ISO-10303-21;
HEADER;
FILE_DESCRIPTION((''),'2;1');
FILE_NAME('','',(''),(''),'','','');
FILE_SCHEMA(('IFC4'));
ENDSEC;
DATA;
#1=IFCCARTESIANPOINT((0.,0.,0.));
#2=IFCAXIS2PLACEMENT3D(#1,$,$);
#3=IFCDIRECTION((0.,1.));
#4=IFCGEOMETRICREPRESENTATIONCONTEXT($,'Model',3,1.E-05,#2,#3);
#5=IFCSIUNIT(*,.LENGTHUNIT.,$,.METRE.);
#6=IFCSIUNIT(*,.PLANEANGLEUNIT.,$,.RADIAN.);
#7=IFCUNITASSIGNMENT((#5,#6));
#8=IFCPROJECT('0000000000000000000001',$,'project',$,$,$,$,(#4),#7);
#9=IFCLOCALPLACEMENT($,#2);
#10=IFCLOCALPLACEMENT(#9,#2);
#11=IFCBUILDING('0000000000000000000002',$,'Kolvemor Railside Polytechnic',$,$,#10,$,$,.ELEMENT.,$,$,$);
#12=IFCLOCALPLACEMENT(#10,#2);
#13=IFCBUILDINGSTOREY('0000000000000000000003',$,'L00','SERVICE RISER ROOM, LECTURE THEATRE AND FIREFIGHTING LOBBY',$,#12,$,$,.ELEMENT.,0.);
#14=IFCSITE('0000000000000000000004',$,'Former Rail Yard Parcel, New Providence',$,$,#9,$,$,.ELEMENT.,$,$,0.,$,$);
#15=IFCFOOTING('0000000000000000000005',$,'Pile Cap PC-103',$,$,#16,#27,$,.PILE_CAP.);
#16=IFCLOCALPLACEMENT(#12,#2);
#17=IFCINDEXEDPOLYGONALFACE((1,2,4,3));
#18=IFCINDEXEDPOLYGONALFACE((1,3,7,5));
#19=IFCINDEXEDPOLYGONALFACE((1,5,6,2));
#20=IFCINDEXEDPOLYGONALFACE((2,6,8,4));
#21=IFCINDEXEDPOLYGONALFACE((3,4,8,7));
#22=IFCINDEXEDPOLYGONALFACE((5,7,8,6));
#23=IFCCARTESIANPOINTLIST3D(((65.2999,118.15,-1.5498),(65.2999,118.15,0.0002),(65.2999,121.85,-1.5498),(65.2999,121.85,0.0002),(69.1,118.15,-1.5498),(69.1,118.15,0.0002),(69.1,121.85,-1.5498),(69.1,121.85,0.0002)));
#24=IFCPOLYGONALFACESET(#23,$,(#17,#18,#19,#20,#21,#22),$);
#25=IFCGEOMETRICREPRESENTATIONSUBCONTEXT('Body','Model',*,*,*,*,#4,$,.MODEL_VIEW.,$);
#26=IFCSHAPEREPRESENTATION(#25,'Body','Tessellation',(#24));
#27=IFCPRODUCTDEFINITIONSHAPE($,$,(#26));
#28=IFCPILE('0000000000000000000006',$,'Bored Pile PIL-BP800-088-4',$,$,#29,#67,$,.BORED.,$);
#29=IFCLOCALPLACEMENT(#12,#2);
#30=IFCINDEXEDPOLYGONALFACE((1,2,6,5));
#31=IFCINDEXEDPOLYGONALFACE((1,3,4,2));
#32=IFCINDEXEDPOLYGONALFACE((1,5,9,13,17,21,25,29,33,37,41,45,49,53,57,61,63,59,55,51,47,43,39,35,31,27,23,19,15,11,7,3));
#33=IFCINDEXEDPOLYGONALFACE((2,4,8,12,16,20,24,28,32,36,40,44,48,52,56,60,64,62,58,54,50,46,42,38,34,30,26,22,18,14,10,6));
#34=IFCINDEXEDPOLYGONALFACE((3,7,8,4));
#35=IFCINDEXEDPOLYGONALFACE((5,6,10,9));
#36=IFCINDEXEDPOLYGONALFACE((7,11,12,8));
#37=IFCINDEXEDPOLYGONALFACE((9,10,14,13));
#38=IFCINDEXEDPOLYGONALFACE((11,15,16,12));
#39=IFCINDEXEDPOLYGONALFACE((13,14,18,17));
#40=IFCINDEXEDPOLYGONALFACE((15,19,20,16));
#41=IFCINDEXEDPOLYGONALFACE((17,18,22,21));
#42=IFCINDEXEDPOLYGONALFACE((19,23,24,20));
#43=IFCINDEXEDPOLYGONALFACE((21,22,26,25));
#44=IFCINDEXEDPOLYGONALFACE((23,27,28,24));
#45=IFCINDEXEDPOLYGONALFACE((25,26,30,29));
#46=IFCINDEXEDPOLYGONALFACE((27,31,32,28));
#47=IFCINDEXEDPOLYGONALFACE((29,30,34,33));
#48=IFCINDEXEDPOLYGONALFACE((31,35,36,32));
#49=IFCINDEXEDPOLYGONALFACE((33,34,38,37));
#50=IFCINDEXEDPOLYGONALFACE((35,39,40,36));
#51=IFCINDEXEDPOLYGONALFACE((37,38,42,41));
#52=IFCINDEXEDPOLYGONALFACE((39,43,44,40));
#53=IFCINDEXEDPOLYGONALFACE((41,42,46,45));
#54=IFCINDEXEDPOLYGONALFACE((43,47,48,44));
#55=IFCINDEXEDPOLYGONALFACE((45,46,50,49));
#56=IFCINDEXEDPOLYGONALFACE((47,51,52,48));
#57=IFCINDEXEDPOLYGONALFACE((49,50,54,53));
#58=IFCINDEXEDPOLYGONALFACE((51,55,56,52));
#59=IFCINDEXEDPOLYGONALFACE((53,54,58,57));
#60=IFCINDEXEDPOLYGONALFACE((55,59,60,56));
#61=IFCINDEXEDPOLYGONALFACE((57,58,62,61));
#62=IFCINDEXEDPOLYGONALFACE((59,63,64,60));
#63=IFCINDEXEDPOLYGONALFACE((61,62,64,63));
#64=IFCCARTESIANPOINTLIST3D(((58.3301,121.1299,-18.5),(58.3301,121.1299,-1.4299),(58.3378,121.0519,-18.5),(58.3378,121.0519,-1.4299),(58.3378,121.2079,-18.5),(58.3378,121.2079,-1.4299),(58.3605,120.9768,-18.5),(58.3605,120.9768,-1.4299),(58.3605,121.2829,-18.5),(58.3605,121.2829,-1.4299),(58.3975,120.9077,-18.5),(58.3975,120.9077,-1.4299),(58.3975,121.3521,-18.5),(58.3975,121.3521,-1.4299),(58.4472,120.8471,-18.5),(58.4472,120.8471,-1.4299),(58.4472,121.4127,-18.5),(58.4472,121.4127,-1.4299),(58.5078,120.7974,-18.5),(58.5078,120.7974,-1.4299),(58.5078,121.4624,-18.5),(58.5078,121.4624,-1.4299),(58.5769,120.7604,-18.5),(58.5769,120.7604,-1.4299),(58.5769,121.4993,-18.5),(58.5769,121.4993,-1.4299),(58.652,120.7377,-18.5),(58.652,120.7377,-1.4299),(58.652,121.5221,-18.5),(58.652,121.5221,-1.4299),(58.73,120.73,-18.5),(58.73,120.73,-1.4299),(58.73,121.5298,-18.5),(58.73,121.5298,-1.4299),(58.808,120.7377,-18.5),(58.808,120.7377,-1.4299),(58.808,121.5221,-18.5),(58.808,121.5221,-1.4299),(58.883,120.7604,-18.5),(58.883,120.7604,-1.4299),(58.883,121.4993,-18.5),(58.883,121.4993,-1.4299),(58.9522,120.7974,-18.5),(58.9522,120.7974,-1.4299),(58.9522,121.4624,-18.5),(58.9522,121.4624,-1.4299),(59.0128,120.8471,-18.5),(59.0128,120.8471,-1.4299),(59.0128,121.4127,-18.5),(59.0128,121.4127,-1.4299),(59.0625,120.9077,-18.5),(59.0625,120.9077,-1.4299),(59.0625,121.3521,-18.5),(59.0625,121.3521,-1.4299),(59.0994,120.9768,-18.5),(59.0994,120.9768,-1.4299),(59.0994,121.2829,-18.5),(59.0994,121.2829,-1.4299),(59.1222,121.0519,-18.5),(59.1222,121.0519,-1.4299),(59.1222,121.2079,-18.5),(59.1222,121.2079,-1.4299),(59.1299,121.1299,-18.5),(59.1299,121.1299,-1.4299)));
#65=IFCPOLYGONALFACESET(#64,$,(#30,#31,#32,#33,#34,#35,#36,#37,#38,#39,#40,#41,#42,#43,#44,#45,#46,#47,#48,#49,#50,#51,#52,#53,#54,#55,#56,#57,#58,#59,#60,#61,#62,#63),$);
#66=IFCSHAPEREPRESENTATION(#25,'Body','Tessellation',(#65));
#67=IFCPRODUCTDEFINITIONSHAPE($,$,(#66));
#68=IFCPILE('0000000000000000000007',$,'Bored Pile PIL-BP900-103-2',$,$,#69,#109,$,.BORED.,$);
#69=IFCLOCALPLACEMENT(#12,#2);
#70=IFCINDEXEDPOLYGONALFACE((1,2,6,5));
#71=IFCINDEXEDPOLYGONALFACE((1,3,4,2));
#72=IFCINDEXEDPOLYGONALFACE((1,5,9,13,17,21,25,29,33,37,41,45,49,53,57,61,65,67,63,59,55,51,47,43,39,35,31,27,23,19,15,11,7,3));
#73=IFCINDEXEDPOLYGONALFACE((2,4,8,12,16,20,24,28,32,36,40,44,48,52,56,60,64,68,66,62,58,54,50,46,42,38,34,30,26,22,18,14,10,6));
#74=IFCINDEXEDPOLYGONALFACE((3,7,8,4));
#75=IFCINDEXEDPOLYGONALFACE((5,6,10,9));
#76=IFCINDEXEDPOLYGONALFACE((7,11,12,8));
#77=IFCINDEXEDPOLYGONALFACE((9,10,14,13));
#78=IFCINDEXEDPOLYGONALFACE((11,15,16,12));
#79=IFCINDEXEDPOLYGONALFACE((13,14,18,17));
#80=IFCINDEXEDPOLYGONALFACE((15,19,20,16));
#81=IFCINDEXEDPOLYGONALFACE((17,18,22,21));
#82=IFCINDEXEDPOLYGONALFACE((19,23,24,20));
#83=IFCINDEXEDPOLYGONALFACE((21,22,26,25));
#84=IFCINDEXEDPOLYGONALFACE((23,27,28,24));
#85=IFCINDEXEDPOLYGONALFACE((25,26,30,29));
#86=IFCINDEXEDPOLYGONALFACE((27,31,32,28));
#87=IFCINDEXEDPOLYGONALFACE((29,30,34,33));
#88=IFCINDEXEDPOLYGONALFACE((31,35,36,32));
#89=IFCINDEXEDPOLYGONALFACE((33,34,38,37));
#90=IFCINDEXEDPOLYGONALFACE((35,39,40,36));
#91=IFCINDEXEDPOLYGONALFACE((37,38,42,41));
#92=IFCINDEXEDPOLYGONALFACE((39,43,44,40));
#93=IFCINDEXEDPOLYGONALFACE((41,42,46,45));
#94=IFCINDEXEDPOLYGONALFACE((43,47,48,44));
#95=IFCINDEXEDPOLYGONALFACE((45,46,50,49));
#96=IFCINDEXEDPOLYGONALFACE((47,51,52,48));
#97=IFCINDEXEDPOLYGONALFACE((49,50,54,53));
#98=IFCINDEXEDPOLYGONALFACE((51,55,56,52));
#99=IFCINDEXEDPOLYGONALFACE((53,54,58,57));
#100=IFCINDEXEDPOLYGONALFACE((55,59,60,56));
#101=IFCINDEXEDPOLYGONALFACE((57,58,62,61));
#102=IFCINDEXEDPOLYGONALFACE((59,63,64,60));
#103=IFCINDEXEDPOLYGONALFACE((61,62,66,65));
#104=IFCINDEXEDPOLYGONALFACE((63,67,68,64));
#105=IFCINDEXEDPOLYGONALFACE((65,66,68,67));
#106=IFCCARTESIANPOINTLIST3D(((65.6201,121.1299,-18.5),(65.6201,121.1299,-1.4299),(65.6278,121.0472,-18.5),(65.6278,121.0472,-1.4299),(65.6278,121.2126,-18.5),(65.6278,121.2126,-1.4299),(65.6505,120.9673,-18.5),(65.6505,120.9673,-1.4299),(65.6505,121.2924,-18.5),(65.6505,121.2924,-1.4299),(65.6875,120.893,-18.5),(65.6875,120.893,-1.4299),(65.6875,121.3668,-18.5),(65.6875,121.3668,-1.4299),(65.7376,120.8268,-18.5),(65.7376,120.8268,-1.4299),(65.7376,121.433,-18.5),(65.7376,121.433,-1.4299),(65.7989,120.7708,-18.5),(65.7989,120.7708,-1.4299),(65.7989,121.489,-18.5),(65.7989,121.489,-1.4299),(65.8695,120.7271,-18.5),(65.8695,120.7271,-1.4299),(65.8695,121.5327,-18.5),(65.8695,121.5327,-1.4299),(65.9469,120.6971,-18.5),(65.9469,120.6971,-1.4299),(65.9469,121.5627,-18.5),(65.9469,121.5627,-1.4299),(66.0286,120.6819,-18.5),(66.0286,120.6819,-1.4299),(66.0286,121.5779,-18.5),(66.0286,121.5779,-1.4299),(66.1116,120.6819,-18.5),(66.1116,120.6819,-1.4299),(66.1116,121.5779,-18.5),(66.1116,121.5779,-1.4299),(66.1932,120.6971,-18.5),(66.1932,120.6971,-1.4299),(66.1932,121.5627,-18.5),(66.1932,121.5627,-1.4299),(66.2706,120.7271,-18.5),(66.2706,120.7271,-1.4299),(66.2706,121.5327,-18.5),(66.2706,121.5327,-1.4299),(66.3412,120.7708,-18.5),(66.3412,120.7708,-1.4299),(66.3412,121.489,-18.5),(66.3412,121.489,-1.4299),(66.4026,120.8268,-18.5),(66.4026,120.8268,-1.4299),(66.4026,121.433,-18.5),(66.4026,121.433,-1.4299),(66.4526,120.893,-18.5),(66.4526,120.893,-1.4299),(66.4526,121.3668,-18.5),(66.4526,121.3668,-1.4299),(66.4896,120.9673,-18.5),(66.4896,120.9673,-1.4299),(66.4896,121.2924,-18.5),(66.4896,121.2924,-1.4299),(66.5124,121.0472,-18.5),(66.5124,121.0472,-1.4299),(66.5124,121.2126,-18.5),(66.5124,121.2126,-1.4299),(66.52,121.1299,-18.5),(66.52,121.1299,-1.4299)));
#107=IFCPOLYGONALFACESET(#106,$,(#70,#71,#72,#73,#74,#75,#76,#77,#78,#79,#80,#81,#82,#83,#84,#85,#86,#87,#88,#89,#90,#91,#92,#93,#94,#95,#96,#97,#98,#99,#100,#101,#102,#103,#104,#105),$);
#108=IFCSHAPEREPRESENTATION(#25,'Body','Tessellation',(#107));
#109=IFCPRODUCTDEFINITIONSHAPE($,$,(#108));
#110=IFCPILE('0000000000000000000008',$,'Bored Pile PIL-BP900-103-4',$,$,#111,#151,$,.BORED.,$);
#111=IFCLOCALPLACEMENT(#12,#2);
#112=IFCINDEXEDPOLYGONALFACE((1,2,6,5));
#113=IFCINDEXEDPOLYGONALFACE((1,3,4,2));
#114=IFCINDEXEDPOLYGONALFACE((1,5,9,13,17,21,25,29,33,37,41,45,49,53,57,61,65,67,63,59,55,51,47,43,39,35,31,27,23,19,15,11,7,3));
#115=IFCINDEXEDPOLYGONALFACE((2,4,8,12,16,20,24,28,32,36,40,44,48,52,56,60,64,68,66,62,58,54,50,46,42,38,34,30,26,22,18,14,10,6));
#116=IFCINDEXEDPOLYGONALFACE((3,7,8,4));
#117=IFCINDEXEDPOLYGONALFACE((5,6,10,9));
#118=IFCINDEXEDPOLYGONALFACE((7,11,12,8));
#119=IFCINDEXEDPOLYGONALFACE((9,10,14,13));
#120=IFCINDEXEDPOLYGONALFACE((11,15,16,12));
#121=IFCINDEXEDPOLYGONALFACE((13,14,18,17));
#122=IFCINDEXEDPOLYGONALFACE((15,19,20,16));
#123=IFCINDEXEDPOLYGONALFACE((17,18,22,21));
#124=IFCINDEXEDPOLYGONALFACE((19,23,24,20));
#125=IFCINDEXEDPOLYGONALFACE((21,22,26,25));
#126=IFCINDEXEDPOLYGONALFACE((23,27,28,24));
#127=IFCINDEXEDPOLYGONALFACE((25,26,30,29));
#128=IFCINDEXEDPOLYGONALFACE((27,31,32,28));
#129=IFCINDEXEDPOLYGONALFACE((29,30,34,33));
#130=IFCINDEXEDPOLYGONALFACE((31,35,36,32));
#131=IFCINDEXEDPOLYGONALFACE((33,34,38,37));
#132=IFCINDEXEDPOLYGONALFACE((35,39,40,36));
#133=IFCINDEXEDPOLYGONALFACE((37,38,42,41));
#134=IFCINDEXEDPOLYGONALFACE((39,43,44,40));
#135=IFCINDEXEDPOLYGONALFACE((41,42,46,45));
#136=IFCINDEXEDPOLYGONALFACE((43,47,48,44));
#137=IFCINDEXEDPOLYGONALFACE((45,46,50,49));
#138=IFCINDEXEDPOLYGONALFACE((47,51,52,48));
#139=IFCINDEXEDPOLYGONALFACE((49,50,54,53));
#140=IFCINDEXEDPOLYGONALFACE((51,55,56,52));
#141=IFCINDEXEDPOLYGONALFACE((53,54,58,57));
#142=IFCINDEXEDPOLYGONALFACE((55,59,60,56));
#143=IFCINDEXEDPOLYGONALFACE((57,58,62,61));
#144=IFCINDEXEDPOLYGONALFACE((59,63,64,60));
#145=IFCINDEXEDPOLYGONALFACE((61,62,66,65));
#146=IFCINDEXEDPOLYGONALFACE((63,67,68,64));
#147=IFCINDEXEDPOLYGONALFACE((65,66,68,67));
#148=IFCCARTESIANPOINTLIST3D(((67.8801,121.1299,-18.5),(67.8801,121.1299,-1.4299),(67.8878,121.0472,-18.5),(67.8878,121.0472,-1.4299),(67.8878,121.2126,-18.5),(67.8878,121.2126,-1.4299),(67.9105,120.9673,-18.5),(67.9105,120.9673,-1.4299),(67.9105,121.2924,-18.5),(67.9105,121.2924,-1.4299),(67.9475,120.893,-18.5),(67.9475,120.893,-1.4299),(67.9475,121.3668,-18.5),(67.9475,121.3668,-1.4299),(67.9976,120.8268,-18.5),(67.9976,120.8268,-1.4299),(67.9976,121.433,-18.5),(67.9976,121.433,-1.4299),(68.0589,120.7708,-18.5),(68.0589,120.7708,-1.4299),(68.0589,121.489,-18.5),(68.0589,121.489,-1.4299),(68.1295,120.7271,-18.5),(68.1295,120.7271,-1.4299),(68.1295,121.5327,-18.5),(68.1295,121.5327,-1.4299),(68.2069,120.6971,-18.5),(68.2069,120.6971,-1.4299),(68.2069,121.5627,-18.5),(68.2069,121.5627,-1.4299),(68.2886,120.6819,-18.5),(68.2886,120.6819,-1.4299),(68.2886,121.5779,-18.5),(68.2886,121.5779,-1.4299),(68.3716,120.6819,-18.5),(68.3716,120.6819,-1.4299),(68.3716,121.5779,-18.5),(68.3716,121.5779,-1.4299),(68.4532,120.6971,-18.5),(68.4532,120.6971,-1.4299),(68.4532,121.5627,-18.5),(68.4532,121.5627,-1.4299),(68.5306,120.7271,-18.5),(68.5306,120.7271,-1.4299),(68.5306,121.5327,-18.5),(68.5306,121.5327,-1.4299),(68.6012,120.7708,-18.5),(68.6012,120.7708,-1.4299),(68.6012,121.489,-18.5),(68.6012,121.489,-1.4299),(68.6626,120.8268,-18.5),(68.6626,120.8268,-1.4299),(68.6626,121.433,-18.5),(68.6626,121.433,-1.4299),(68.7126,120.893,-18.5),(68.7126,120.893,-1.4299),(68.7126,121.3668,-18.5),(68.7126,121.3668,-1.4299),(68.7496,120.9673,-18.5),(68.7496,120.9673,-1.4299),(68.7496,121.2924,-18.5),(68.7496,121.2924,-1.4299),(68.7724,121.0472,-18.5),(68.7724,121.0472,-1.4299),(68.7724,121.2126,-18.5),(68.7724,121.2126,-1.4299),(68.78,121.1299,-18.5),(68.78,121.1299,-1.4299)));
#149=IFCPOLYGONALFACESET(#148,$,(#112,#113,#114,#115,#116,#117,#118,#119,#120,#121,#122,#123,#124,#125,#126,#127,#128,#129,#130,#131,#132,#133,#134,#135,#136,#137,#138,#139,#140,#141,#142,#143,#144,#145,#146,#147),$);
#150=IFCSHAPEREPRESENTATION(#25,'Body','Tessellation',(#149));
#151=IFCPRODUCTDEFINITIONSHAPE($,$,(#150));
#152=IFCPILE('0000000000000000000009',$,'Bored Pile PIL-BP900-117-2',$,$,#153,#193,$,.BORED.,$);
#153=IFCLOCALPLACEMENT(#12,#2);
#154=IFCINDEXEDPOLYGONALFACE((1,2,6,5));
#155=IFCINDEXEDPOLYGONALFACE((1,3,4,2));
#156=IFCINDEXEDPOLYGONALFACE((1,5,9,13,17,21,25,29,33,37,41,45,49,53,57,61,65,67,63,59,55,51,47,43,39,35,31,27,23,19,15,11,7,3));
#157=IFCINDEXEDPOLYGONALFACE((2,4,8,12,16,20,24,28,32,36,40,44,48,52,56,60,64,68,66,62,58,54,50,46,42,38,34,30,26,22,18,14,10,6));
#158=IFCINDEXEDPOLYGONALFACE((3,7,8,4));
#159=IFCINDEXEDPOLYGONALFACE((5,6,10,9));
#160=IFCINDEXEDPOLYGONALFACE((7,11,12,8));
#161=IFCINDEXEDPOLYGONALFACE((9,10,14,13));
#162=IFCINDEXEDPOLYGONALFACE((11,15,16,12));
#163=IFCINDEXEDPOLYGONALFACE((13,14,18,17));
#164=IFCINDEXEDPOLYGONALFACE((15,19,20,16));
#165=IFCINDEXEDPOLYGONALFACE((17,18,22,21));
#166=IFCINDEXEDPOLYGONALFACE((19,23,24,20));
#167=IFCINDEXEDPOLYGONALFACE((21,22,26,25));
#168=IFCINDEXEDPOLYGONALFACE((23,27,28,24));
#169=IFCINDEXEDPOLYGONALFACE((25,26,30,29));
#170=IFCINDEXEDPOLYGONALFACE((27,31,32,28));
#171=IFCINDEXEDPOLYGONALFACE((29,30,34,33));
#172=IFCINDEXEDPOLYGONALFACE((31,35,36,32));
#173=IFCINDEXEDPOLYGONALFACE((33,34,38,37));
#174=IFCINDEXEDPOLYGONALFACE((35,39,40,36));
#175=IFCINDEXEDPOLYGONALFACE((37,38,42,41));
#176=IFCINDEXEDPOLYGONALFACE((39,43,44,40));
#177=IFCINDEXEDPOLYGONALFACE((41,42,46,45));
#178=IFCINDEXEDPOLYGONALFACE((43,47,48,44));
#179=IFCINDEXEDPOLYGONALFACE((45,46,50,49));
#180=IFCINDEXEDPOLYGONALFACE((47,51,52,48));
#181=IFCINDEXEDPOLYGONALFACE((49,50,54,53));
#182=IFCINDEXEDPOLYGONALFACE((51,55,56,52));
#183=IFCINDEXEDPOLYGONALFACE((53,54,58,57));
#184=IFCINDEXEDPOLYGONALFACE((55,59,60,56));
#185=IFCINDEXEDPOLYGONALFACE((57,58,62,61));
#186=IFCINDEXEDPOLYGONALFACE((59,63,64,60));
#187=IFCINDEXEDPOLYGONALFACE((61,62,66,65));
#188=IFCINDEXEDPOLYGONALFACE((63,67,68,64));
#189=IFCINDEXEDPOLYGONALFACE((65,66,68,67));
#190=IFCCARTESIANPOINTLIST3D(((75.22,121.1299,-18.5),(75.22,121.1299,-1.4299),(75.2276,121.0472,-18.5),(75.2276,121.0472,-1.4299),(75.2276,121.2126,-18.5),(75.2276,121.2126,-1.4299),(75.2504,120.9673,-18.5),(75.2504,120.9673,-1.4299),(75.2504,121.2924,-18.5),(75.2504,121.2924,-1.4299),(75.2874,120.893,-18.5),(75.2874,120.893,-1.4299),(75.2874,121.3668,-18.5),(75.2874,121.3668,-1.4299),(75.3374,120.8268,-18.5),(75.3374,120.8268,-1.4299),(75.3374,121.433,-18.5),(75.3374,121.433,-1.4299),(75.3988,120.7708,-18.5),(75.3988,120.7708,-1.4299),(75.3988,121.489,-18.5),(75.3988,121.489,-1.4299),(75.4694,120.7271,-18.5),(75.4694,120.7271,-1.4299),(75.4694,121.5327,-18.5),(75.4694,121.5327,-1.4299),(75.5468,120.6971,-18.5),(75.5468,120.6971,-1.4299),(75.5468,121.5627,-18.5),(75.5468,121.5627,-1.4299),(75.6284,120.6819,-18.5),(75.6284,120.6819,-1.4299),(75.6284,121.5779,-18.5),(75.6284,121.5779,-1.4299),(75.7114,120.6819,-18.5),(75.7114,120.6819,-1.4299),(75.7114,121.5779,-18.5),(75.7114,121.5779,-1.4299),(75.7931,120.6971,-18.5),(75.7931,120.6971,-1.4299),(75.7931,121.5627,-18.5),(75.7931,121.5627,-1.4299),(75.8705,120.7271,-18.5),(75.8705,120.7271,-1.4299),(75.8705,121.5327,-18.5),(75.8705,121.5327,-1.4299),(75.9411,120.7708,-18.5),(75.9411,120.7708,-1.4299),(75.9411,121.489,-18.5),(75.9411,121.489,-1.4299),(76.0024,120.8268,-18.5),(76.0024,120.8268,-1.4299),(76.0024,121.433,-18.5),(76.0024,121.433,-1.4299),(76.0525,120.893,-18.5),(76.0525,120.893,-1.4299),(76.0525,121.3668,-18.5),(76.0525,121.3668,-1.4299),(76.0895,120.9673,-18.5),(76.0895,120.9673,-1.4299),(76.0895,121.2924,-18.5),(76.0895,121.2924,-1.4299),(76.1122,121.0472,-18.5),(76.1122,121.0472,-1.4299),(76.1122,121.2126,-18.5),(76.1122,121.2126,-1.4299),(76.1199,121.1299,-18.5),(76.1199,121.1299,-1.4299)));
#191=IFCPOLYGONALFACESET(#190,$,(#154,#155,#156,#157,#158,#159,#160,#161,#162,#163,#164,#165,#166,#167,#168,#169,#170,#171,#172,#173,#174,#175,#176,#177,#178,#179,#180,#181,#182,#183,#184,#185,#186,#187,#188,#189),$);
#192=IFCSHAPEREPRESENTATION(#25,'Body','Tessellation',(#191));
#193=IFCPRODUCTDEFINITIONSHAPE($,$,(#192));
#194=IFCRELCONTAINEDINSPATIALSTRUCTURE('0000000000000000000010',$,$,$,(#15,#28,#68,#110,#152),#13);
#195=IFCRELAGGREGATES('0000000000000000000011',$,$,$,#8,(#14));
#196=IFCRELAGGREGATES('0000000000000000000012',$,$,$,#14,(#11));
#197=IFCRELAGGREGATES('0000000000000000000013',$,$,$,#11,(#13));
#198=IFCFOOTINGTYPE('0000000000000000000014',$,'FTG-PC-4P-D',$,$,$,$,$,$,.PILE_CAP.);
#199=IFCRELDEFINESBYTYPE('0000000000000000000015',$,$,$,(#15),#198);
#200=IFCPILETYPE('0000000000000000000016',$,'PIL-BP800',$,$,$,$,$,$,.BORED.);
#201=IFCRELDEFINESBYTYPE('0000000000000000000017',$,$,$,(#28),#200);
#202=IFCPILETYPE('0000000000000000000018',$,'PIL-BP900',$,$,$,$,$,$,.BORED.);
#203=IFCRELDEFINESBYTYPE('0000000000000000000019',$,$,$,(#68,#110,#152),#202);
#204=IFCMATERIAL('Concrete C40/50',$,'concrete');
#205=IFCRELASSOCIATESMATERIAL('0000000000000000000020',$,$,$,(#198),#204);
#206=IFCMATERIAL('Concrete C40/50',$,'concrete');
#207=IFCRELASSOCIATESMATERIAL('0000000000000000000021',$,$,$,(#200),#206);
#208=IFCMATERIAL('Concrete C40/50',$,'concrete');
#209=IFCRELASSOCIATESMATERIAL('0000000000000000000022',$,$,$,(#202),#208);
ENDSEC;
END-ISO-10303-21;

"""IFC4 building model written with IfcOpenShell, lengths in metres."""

from ifc_helpers import new_model, si_unit, direction, frame, origin, origin_2d, place, context, subcontext, project, spatial, rectangle, circle, extrude, material, material_profile, profile_set, type_object, element, save


model = new_model("IFC4")

# Units and contexts
model_context = context("Model", 3, precision=1e-05, world=origin(), true_north=direction((0.0, 1.0)))
body_context = subcontext(model_context, "Body", "Model", "MODEL_VIEW")
ifc_project = project(units=[si_unit("LENGTHUNIT", "METRE"), si_unit("PLANEANGLEUNIT", "RADIAN")], contexts=[model_context])

# Site, building, storey
site_placement = place(None, origin())
site = spatial("IfcSite", under=ifc_project, at=site_placement, Name="Former Rail Yard Parcel, New Providence", CompositionType="ELEMENT", RefElevation=0.0)
building_placement = place(site_placement, origin())
building = spatial("IfcBuilding", under=site, at=building_placement, Name="Kolvemor Railside Polytechnic", CompositionType="ELEMENT")
storey_placement = place(building_placement, origin())
storey = spatial("IfcBuildingStorey", under=building, at=storey_placement, Name="L00", Description="SERVICE RISER ROOM, LECTURE THEATRE AND FIREFIGHTING LOBBY", CompositionType="ELEMENT", Elevation=0.0)

# Footing
ifc_material_1 = material(Name="Concrete C40/50", Category="concrete")
footing_type = type_object("IfcFootingType", Name="FTG-PC-4P-D", PredefinedType="PILE_CAP", material=ifc_material_1)
footing_placement = place(storey_placement, frame((67.2, 120.0, -1.5498), z_axis=(0.0, 0.0, 1.0), x_axis=(1.0, 0.0, 0.0)))
element("IfcFooting", 1, at=footing_placement, inside=storey, type_object=footing_type, Name="Pile Cap PC-103", PredefinedType="PILE_CAP", context=body_context, shape_type="SweptSolid", body=[
    extrude(rectangle(XDim=3.8, YDim=3.7, at=origin_2d()), origin(), (0.0, 0.0, 1.0), 1.55),
])

# Piles
ifc_material_2 = material(Name="Concrete C40/50", Category="concrete")
ifc_material_profile_1 = material_profile(ifc_material_2, circle(Radius=0.3999, at=origin_2d()), Name="BP800")
ifc_profile_set_1 = profile_set([ifc_material_profile_1], Name="Concrete C40/50")
pile_type_1 = type_object("IfcPileType", Name="PIL-BP800", PredefinedType="BORED", material=ifc_profile_set_1)
pile_placement = place(storey_placement, frame((58.73, 121.1299, -1.4299), z_axis=(0.0, 0.0, -1.0), x_axis=(1.0, 0.0, 0.0)))
element("IfcPile", 2, at=pile_placement, inside=storey, type_object=pile_type_1, Name="Bored Pile PIL-BP800-088-4", PredefinedType="BORED", context=body_context, shape_type="SweptSolid", body=[
    extrude(circle(Radius=0.3999, at=origin_2d()), origin(), (0.0, 0.0, 1.0), 17.0701),
])
ifc_material_3 = material(Name="Concrete C40/50", Category="concrete")
ifc_material_profile_2 = material_profile(ifc_material_3, circle(Radius=0.45, at=origin_2d()), Name="BP900")
ifc_profile_set_2 = profile_set([ifc_material_profile_2], Name="Concrete C40/50")
pile_type_2 = type_object("IfcPileType", Name="PIL-BP900", PredefinedType="BORED", material=ifc_profile_set_2)
for number, where, z_axis, x_axis, name in (
    (3, (66.0701, 121.1299, -1.4299), (0.0, 0.0, -1.0), (1.0, 0.0, 0.0), "Bored Pile PIL-BP900-103-2"),
    (4, (68.3301, 121.1299, -1.4299), (0.0, 0.0, -1.0), (1.0, 0.0, 0.0), "Bored Pile PIL-BP900-103-4"),
    (5, (75.6699, 121.1299, -1.4299), (0.0, 0.0, -1.0), (1.0, 0.0, 0.0), "Bored Pile PIL-BP900-117-2"),
):
    element("IfcPile", number, at=place(storey_placement, frame(where, z_axis=z_axis, x_axis=x_axis)), inside=storey, type_object=pile_type_2, Name=name, PredefinedType="BORED", context=body_context, shape_type="SweptSolid", body=[
        extrude(circle(Radius=0.45, at=origin_2d()), origin(), (0.0, 0.0, 1.0), 17.0701),
    ])

save(model, "model.ifc")
